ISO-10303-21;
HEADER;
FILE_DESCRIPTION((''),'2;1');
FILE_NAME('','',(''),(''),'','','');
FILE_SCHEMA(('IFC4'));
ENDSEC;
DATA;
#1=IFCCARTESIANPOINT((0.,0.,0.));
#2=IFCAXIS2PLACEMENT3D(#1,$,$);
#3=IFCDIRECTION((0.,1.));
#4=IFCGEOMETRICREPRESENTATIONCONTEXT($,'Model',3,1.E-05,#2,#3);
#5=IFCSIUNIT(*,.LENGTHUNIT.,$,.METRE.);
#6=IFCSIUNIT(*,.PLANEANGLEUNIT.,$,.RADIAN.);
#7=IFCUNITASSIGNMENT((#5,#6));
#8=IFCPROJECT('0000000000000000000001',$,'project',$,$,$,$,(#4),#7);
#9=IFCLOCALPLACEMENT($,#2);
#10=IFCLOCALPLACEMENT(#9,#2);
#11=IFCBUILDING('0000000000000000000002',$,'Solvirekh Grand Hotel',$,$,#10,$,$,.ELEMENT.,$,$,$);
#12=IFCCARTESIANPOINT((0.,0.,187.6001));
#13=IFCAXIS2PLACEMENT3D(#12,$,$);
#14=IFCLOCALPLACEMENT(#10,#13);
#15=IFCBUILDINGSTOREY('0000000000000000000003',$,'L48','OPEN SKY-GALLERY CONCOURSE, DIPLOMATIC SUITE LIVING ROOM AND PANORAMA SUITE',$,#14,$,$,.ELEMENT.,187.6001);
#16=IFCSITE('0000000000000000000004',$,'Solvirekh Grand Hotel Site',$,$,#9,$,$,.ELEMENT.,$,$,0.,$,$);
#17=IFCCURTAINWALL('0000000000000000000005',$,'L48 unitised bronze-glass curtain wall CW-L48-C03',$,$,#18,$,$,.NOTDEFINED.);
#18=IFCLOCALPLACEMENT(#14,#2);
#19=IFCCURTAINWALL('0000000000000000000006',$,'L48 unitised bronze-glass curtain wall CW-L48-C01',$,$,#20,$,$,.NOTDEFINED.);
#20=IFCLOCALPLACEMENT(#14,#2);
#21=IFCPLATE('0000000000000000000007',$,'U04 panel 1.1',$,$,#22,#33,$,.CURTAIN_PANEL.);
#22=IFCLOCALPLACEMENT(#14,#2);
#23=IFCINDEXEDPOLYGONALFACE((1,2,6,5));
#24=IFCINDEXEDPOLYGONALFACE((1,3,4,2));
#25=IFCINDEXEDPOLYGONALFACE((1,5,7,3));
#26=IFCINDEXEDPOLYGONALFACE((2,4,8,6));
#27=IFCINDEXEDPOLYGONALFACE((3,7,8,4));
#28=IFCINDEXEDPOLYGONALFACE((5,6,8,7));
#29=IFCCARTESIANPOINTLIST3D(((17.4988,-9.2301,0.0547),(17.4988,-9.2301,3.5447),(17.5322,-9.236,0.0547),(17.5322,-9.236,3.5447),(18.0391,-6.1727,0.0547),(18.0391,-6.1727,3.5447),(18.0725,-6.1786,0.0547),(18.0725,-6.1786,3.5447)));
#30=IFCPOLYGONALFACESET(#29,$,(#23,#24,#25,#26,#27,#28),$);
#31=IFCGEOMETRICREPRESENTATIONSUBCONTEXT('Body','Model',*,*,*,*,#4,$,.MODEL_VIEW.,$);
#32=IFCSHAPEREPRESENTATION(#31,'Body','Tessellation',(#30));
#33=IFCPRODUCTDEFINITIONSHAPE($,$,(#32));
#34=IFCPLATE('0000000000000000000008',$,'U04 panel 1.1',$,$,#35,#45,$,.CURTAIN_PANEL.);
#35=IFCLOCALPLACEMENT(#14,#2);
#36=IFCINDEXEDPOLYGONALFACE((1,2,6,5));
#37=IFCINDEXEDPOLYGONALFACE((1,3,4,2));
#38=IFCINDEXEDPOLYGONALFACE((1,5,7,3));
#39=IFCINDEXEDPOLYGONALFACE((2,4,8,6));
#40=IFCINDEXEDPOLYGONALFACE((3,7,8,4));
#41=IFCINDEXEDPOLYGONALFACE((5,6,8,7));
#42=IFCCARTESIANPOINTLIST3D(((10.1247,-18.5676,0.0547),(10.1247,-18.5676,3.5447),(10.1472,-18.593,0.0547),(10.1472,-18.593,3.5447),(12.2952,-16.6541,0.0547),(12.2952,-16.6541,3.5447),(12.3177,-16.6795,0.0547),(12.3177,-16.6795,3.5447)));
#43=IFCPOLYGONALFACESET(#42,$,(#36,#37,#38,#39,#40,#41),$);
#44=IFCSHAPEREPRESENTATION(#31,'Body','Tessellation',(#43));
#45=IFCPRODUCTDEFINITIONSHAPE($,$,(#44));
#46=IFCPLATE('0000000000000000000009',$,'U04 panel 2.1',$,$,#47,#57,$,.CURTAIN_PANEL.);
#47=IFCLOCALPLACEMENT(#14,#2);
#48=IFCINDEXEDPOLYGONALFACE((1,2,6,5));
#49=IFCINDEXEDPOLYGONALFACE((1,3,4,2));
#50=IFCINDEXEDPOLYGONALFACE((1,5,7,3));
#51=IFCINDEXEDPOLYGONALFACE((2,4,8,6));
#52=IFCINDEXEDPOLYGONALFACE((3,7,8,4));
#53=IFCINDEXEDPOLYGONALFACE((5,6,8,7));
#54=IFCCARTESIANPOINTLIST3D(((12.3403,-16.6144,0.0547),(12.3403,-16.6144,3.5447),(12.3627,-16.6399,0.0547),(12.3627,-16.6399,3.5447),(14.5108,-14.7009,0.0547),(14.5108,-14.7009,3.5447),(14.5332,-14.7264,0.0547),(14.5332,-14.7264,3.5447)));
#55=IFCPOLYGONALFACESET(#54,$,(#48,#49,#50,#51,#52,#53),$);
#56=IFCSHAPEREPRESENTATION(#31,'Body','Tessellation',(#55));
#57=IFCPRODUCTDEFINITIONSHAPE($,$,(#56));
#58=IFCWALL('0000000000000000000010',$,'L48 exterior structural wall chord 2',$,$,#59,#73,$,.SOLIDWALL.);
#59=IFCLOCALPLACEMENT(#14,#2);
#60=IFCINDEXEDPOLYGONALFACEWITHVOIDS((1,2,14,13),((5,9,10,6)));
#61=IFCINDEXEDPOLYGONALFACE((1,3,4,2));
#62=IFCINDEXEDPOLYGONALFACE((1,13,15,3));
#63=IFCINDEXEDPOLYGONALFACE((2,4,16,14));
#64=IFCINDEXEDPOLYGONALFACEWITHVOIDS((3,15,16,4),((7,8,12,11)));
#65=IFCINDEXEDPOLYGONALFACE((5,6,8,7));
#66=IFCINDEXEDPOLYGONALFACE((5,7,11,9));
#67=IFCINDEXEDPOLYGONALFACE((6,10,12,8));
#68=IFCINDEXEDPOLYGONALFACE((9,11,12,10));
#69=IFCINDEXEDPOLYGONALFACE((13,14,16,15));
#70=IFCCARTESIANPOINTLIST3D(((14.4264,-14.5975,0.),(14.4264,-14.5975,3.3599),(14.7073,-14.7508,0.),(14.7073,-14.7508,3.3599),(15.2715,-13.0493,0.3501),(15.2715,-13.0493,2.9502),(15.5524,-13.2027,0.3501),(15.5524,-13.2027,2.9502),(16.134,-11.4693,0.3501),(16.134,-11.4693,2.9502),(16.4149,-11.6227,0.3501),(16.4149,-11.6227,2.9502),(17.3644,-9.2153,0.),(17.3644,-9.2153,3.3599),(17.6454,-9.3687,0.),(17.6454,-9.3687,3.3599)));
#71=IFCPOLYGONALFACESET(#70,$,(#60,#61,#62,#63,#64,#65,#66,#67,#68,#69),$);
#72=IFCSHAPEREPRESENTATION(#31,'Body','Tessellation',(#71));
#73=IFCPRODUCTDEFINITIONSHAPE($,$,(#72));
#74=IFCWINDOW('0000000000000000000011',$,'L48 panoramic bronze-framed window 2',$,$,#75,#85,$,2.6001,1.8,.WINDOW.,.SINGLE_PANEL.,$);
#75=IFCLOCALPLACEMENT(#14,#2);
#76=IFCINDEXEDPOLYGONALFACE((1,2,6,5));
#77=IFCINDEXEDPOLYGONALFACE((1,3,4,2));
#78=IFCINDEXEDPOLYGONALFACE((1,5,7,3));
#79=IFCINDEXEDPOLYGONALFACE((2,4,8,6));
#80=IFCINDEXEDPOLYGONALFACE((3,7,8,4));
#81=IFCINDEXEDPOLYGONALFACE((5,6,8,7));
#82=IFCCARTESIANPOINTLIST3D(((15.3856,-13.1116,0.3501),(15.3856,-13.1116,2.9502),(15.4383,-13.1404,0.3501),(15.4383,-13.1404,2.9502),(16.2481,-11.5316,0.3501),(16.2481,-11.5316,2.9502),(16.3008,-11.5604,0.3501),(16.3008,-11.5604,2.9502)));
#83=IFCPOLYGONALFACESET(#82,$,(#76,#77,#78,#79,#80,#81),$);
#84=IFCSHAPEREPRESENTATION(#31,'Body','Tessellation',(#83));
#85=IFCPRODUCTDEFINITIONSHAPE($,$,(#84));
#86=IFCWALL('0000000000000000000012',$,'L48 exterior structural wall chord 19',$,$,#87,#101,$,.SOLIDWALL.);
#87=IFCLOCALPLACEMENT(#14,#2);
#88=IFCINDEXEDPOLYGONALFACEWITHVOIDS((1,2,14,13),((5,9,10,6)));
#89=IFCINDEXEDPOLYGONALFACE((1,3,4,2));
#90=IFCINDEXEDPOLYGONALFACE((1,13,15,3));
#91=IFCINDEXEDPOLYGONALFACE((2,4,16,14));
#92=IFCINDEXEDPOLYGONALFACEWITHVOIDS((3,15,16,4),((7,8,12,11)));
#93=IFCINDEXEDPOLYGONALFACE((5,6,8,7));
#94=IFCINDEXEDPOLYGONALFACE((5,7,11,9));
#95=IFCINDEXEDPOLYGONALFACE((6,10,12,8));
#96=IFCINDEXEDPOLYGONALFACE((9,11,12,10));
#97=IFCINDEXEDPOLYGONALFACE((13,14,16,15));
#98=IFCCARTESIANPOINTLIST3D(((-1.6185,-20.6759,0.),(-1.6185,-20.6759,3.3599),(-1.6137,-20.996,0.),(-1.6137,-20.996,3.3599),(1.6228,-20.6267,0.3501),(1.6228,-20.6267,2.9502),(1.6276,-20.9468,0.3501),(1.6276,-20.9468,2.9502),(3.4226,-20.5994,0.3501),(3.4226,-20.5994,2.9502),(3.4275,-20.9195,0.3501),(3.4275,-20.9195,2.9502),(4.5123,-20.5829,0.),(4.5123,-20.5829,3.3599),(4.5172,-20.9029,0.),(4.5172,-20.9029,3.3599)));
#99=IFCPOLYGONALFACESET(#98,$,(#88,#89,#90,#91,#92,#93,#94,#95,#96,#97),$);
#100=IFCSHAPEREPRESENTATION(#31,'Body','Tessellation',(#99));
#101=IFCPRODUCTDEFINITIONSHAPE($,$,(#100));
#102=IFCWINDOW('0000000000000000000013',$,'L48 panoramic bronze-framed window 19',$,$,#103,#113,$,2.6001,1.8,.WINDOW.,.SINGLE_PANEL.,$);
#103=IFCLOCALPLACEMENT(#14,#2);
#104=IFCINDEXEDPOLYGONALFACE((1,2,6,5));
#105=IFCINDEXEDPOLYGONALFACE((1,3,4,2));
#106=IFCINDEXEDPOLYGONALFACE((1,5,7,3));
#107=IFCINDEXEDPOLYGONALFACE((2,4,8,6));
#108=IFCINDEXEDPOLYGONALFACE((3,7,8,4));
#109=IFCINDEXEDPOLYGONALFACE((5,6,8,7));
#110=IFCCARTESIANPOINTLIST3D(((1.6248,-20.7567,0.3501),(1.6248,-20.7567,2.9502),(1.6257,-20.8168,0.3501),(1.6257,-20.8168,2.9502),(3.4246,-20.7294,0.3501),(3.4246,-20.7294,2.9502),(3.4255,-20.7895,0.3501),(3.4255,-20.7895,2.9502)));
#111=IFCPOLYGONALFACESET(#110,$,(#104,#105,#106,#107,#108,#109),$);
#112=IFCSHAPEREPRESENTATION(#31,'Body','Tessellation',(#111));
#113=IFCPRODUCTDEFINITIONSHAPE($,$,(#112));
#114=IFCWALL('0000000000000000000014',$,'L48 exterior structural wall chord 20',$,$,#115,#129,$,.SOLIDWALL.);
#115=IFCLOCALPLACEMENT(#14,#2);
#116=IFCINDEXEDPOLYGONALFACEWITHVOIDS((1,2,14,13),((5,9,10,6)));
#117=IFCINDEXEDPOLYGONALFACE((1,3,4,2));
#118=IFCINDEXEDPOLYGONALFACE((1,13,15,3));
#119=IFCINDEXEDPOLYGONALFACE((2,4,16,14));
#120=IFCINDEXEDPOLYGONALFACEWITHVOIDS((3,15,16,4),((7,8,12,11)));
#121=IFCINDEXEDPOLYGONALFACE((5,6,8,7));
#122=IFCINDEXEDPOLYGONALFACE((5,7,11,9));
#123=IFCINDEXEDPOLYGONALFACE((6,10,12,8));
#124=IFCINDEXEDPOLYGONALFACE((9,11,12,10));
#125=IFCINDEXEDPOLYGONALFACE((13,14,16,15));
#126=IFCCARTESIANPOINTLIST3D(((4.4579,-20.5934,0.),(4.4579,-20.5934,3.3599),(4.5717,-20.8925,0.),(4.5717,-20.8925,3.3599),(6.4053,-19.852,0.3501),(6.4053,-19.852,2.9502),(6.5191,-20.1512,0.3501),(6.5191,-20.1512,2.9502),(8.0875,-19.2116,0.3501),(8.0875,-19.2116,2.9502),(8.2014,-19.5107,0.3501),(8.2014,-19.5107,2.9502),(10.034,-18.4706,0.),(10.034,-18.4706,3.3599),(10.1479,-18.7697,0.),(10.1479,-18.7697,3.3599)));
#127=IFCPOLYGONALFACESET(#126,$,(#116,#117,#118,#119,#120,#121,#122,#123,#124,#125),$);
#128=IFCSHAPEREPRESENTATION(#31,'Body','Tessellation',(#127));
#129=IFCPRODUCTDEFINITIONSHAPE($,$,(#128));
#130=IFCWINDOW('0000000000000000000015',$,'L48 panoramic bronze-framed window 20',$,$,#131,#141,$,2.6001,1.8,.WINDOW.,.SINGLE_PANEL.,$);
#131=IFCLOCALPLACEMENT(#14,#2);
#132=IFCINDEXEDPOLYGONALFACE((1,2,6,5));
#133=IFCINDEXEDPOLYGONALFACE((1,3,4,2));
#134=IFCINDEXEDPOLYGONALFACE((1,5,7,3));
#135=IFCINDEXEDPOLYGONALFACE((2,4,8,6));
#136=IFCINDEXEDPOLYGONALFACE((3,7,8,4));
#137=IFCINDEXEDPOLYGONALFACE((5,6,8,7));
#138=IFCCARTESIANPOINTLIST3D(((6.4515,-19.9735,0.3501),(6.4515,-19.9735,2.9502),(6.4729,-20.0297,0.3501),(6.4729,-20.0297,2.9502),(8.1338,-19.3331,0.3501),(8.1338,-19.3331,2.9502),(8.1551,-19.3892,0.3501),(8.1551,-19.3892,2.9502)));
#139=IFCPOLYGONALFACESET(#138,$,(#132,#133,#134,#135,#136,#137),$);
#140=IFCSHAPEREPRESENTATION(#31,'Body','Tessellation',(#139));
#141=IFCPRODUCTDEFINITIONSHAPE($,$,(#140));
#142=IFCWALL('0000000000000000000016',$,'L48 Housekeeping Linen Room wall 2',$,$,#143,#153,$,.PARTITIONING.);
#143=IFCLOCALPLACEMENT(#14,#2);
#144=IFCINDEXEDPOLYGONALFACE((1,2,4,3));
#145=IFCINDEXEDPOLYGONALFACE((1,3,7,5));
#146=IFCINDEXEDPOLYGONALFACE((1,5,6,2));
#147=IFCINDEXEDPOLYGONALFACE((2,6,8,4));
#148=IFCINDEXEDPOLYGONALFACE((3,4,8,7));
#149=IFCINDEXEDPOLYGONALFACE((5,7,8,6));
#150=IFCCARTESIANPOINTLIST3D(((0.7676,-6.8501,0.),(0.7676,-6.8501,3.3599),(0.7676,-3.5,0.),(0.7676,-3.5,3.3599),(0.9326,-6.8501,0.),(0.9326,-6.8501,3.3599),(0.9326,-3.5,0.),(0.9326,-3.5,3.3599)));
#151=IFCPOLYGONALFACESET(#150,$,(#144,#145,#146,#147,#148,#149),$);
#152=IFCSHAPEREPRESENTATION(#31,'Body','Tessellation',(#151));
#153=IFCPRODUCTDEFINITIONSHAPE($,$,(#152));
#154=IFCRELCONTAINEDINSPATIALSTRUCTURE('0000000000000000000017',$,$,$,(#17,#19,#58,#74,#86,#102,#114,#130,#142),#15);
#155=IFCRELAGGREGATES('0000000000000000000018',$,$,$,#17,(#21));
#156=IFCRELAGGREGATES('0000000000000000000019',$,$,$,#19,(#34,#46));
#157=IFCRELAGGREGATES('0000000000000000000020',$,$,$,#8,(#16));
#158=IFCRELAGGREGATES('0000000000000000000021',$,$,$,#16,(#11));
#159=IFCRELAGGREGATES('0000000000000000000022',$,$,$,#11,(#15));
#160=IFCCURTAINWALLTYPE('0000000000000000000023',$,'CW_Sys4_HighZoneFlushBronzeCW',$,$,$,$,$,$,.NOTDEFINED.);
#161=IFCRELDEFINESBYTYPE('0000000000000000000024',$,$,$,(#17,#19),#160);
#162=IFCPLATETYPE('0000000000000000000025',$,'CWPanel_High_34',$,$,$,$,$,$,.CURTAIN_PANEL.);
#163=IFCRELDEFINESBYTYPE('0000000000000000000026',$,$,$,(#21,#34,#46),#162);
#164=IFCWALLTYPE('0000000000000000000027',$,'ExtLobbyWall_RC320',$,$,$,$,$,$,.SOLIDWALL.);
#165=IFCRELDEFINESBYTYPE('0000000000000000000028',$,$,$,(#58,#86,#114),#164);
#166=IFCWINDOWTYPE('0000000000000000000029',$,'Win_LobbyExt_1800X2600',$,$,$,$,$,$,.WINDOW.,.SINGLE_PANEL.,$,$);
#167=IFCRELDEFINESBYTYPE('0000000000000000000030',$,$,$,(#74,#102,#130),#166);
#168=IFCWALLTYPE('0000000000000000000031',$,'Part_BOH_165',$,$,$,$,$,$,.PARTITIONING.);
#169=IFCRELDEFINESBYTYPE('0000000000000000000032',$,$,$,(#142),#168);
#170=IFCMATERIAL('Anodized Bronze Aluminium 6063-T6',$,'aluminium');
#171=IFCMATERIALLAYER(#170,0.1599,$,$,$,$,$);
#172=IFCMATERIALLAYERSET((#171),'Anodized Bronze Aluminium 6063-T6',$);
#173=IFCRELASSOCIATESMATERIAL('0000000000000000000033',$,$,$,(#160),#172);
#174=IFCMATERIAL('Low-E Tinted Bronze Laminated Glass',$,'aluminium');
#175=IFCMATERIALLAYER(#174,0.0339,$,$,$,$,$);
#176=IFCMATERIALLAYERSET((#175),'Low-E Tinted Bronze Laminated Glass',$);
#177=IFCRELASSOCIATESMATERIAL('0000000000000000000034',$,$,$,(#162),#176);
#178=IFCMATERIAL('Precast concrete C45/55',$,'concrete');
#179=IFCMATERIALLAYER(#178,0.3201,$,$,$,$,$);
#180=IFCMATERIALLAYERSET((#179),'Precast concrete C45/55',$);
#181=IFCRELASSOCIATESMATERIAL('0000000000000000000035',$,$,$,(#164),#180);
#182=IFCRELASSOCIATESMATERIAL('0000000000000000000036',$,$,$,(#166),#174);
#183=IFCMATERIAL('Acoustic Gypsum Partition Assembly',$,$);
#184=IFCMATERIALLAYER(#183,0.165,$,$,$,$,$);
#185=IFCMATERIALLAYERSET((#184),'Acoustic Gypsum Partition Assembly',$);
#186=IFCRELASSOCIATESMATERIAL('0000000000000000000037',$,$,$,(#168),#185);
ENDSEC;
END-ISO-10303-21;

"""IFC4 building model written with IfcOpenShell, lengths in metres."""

from ifc_helpers import new_model, si_unit, direction, frame, frame_2d, origin, origin_2d, place, context, subcontext, project, spatial, rectangle, extrude, source, transform, mapped, material, layer, layer_set, type_object, element, fill, aggregate, save


model = new_model("IFC4")

# Units and contexts
model_context = context("Model", 3, precision=1e-05, world=origin(), true_north=direction((0.0, 1.0)))
body_context = subcontext(model_context, "Body", "Model", "MODEL_VIEW")
ifc_project = project(units=[si_unit("LENGTHUNIT", "METRE"), si_unit("PLANEANGLEUNIT", "RADIAN")], contexts=[model_context])

# Site, building, storey
site_placement = place(None, origin())
site = spatial("IfcSite", under=ifc_project, at=site_placement, Name="Solvirekh Grand Hotel Site", CompositionType="ELEMENT", RefElevation=0.0)
building_placement = place(site_placement, origin())
building = spatial("IfcBuilding", under=site, at=building_placement, Name="Solvirekh Grand Hotel", CompositionType="ELEMENT")
storey_placement = place(building_placement, frame((0.0, 0.0, 187.6001)))
storey = spatial("IfcBuildingStorey", under=building, at=storey_placement, Name="L48", Description="OPEN SKY-GALLERY CONCOURSE, DIPLOMATIC SUITE LIVING ROOM AND PANORAMA SUITE", CompositionType="ELEMENT", Elevation=187.6001)

# Curtain walls
ifc_material_1 = material(Name="Anodized Bronze Aluminium 6063-T6", Category="aluminium")
ifc_layer_1 = layer(ifc_material_1, 0.1599)
ifc_layer_set_1 = layer_set([ifc_layer_1], Name="Anodized Bronze Aluminium 6063-T6")
curtain_wall_type = type_object("IfcCurtainWallType", Name="CW_Sys4_HighZoneFlushBronzeCW", PredefinedType="NOTDEFINED", material=ifc_layer_set_1)
curtain_wall_1_placement = place(storey_placement, origin())
curtain_wall_1 = element("IfcCurtainWall", 1, at=curtain_wall_1_placement, inside=storey, type_object=curtain_wall_type, Name="L48 unitised bronze-glass curtain wall CW-L48-C03", PredefinedType="NOTDEFINED")
curtain_wall_2_placement = place(storey_placement, origin())
curtain_wall_2 = element("IfcCurtainWall", 2, at=curtain_wall_2_placement, inside=storey, type_object=curtain_wall_type, Name="L48 unitised bronze-glass curtain wall CW-L48-C01", PredefinedType="NOTDEFINED")

# Plates
ifc_material_2 = material(Name="Low-E Tinted Bronze Laminated Glass", Category="aluminium")
ifc_layer_2 = layer(ifc_material_2, 0.0339)
ifc_layer_set_2 = layer_set([ifc_layer_2], Name="Low-E Tinted Bronze Laminated Glass")
plate_type = type_object("IfcPlateType", Name="CWPanel_High_34", PredefinedType="CURTAIN_PANEL", material=ifc_layer_set_2)
shared_shape_1 = source(origin(), body_context, "Body", "SweptSolid", [
    extrude(rectangle(XDim=3.1047, YDim=0.0339, at=origin_2d()), origin(), (0.0, 0.0, 1.0), 3.49),
])
plate_1_placement = place(storey_placement, frame((17.7856, -7.7043, 0.0547), z_axis=(0.0, 0.0, 1.0), x_axis=(0.174035, 0.984739, 0.0)))
plate_1 = element("IfcPlate", 3, at=plate_1_placement, type_object=plate_type, Name="U04 panel 1.1", PredefinedType="CURTAIN_PANEL", context=body_context, shape_type="MappedRepresentation", body=[
    mapped(shared_shape_1, transform((0.0, 0.0, 0.0), x_axis=(1.0, 0.0, 0.0), y_axis=(0.0, 1.0, 0.0), z_axis=(0.0, 0.0, 1.0), scale=1.0)),
])
aggregate(curtain_wall_1, [plate_1])
shared_shape_2 = source(origin(), body_context, "Body", "SweptSolid", [
    extrude(rectangle(XDim=2.8936, YDim=0.0339, at=origin_2d()), origin(), (0.0, 0.0, 1.0), 3.49),
])
plate_2_placement = place(storey_placement, frame((11.2212, -17.6235, 0.0547), z_axis=(0.0, 0.0, 1.0), x_axis=(0.750121, 0.6613, 0.0)))
plate_2 = element("IfcPlate", 4, at=plate_2_placement, type_object=plate_type, Name="U04 panel 1.1", PredefinedType="CURTAIN_PANEL", context=body_context, shape_type="MappedRepresentation", body=[
    mapped(shared_shape_2, transform((0.0, 0.0, 0.0), x_axis=(1.0, 0.0, 0.0), y_axis=(0.0, 1.0, 0.0), z_axis=(0.0, 0.0, 1.0), scale=1.0)),
])
plate_3_placement = place(storey_placement, frame((13.4368, -15.6704, 0.0547), z_axis=(0.0, 0.0, 1.0), x_axis=(0.750121, 0.6613, 0.0)))
plate_3 = element("IfcPlate", 5, at=plate_3_placement, type_object=plate_type, Name="U04 panel 2.1", PredefinedType="CURTAIN_PANEL", context=body_context, shape_type="MappedRepresentation", body=[
    mapped(shared_shape_2, transform((0.0, 0.0, 0.0), x_axis=(1.0, 0.0, 0.0), y_axis=(0.0, 1.0, 0.0), z_axis=(0.0, 0.0, 1.0), scale=1.0)),
])
aggregate(curtain_wall_2, [plate_2, plate_3])

# Walls, openings, windows
ifc_material_3 = material(Name="Precast concrete C45/55", Category="concrete")
ifc_layer_3 = layer(ifc_material_3, 0.3201)
ifc_layer_set_3 = layer_set([ifc_layer_3], Name="Precast concrete C45/55")
wall_type_1 = type_object("IfcWallType", Name="ExtLobbyWall_RC320", PredefinedType="SOLIDWALL", material=ifc_layer_set_3)
wall_1_placement = place(storey_placement, frame((17.5049, -9.292, 0.0), z_axis=(0.0, 0.0, 1.0), x_axis=(-0.479142, -0.877737, 0.0)))
wall_1 = element("IfcWall", 6, at=wall_1_placement, inside=storey, type_object=wall_type_1, Name="L48 exterior structural wall chord 2", PredefinedType="SOLIDWALL", context=body_context, shape_type="SweptSolid", body=[
    extrude(rectangle(XDim=6.1318, YDim=0.3201, at=frame_2d((3.0659, 0.0))), origin(), (0.0, 0.0, 1.0), 3.3599),
])
opening_1_placement = place(wall_1_placement, frame((2.5681, 0.0, 0.3501)))
opening_1 = element("IfcOpeningElement", 7, at=opening_1_placement, cuts=wall_1, PredefinedType="OPENING", context=body_context, shape_type="SweptSolid", body=[
    extrude(rectangle(XDim=1.8, YDim=2.6001, at=frame_2d((0.8999, 1.3))), frame((0.0, 0.1699, 0.0), z_axis=(0.0, -1.0, 0.0), x_axis=(1.0, 0.0, 0.0)), (0.0, 0.0, 1.0), 0.3401),
])
window_type = type_object("IfcWindowType", Name="Win_LobbyExt_1800X2600", PartitioningType="SINGLE_PANEL", PredefinedType="WINDOW", material=ifc_material_2)
window_1_placement = place(opening_1_placement, origin())
window_1 = element("IfcWindow", 8, at=window_1_placement, inside=storey, type_object=window_type, Name="L48 panoramic bronze-framed window 2", OverallHeight=2.6001, OverallWidth=1.8, PartitioningType="SINGLE_PANEL", PredefinedType="WINDOW", context=body_context, shape_type="SweptSolid", body=[
    extrude(rectangle(XDim=1.8, YDim=2.6001, at=frame_2d((0.8999, 1.3))), frame((0.0, 0.03, 0.0), z_axis=(0.0, -1.0, 0.0), x_axis=(1.0, 0.0, 0.0)), (0.0, 0.0, 1.0), 0.0601),
])
fill(opening_1, window_1)
wall_2_placement = place(storey_placement, frame((4.5149, -20.7429, 0.0), z_axis=(0.0, 0.0, 1.0), x_axis=(-0.999885, -0.01517, 0.0)))
wall_2 = element("IfcWall", 9, at=wall_2_placement, inside=storey, type_object=wall_type_1, Name="L48 exterior structural wall chord 19", PredefinedType="SOLIDWALL", context=body_context, shape_type="SweptSolid", body=[
    extrude(rectangle(XDim=6.1316, YDim=0.3201, at=frame_2d((3.0659, 0.0))), origin(), (0.0, 0.0, 1.0), 3.3599),
])
opening_2_placement = place(wall_2_placement, frame((1.0901, 0.0, 0.3501)))
opening_2 = element("IfcOpeningElement", 10, at=opening_2_placement, cuts=wall_2, PredefinedType="OPENING", context=body_context, shape_type="SweptSolid", body=[
    extrude(rectangle(XDim=1.8, YDim=2.6001, at=frame_2d((0.8999, 1.3))), frame((0.0, 0.1699, 0.0), z_axis=(0.0, -1.0, 0.0), x_axis=(1.0, 0.0, 0.0)), (0.0, 0.0, 1.0), 0.3401),
])
window_2_placement = place(opening_2_placement, origin())
window_2 = element("IfcWindow", 11, at=window_2_placement, inside=storey, type_object=window_type, Name="L48 panoramic bronze-framed window 19", OverallHeight=2.6001, OverallWidth=1.8, PartitioningType="SINGLE_PANEL", PredefinedType="WINDOW", context=body_context, shape_type="SweptSolid", body=[
    extrude(rectangle(XDim=1.8, YDim=2.6001, at=frame_2d((0.8999, 1.3))), frame((0.0, 0.03, 0.0), z_axis=(0.0, -1.0, 0.0), x_axis=(1.0, 0.0, 0.0)), (0.0, 0.0, 1.0), 0.0601),
])
fill(opening_2, window_2)
wall_3_placement = place(storey_placement, frame((10.0911, -18.6201, 0.0), z_axis=(0.0, 0.0, 1.0), x_axis=(-0.934569, -0.355783, 0.0)))
wall_3 = element("IfcWall", 12, at=wall_3_placement, inside=storey, type_object=wall_type_1, Name="L48 exterior structural wall chord 20", PredefinedType="SOLIDWALL", context=body_context, shape_type="SweptSolid", body=[
    extrude(rectangle(XDim=5.9666, YDim=0.3201, at=frame_2d((2.9834, 0.0))), origin(), (0.0, 0.0, 1.0), 3.3599),
])
opening_3_placement = place(wall_3_placement, frame((2.083, 0.0, 0.3501)))
opening_3 = element("IfcOpeningElement", 13, at=opening_3_placement, cuts=wall_3, PredefinedType="OPENING", context=body_context, shape_type="SweptSolid", body=[
    extrude(rectangle(XDim=1.8, YDim=2.6001, at=frame_2d((0.8999, 1.3))), frame((0.0, 0.1699, 0.0), z_axis=(0.0, -1.0, 0.0), x_axis=(1.0, 0.0, 0.0)), (0.0, 0.0, 1.0), 0.3401),
])
window_3_placement = place(opening_3_placement, origin())
window_3 = element("IfcWindow", 14, at=window_3_placement, inside=storey, type_object=window_type, Name="L48 panoramic bronze-framed window 20", OverallHeight=2.6001, OverallWidth=1.8, PartitioningType="SINGLE_PANEL", PredefinedType="WINDOW", context=body_context, shape_type="SweptSolid", body=[
    extrude(rectangle(XDim=1.8, YDim=2.6001, at=frame_2d((0.8999, 1.3))), frame((0.0, 0.03, 0.0), z_axis=(0.0, -1.0, 0.0), x_axis=(1.0, 0.0, 0.0)), (0.0, 0.0, 1.0), 0.0601),
])
fill(opening_3, window_3)

# Wall
ifc_material_4 = material(Name="Acoustic Gypsum Partition Assembly")
ifc_layer_4 = layer(ifc_material_4, 0.165)
ifc_layer_set_4 = layer_set([ifc_layer_4], Name="Acoustic Gypsum Partition Assembly")
wall_type_2 = type_object("IfcWallType", Name="Part_BOH_165", PredefinedType="PARTITIONING", material=ifc_layer_set_4)
wall_4_placement = place(storey_placement, frame((0.8501, -6.8501, 0.0), z_axis=(0.0, 0.0, 1.0), x_axis=(0.0, 1.0, 0.0)))
element("IfcWall", 15, at=wall_4_placement, inside=storey, type_object=wall_type_2, Name="L48 Housekeeping Linen Room wall 2", PredefinedType="PARTITIONING", context=body_context, shape_type="SweptSolid", body=[
    extrude(rectangle(XDim=3.3501, YDim=0.165, at=frame_2d((1.675, 0.0))), origin(), (0.0, 0.0, 1.0), 3.3599),
])

save(model, "model.ifc")
